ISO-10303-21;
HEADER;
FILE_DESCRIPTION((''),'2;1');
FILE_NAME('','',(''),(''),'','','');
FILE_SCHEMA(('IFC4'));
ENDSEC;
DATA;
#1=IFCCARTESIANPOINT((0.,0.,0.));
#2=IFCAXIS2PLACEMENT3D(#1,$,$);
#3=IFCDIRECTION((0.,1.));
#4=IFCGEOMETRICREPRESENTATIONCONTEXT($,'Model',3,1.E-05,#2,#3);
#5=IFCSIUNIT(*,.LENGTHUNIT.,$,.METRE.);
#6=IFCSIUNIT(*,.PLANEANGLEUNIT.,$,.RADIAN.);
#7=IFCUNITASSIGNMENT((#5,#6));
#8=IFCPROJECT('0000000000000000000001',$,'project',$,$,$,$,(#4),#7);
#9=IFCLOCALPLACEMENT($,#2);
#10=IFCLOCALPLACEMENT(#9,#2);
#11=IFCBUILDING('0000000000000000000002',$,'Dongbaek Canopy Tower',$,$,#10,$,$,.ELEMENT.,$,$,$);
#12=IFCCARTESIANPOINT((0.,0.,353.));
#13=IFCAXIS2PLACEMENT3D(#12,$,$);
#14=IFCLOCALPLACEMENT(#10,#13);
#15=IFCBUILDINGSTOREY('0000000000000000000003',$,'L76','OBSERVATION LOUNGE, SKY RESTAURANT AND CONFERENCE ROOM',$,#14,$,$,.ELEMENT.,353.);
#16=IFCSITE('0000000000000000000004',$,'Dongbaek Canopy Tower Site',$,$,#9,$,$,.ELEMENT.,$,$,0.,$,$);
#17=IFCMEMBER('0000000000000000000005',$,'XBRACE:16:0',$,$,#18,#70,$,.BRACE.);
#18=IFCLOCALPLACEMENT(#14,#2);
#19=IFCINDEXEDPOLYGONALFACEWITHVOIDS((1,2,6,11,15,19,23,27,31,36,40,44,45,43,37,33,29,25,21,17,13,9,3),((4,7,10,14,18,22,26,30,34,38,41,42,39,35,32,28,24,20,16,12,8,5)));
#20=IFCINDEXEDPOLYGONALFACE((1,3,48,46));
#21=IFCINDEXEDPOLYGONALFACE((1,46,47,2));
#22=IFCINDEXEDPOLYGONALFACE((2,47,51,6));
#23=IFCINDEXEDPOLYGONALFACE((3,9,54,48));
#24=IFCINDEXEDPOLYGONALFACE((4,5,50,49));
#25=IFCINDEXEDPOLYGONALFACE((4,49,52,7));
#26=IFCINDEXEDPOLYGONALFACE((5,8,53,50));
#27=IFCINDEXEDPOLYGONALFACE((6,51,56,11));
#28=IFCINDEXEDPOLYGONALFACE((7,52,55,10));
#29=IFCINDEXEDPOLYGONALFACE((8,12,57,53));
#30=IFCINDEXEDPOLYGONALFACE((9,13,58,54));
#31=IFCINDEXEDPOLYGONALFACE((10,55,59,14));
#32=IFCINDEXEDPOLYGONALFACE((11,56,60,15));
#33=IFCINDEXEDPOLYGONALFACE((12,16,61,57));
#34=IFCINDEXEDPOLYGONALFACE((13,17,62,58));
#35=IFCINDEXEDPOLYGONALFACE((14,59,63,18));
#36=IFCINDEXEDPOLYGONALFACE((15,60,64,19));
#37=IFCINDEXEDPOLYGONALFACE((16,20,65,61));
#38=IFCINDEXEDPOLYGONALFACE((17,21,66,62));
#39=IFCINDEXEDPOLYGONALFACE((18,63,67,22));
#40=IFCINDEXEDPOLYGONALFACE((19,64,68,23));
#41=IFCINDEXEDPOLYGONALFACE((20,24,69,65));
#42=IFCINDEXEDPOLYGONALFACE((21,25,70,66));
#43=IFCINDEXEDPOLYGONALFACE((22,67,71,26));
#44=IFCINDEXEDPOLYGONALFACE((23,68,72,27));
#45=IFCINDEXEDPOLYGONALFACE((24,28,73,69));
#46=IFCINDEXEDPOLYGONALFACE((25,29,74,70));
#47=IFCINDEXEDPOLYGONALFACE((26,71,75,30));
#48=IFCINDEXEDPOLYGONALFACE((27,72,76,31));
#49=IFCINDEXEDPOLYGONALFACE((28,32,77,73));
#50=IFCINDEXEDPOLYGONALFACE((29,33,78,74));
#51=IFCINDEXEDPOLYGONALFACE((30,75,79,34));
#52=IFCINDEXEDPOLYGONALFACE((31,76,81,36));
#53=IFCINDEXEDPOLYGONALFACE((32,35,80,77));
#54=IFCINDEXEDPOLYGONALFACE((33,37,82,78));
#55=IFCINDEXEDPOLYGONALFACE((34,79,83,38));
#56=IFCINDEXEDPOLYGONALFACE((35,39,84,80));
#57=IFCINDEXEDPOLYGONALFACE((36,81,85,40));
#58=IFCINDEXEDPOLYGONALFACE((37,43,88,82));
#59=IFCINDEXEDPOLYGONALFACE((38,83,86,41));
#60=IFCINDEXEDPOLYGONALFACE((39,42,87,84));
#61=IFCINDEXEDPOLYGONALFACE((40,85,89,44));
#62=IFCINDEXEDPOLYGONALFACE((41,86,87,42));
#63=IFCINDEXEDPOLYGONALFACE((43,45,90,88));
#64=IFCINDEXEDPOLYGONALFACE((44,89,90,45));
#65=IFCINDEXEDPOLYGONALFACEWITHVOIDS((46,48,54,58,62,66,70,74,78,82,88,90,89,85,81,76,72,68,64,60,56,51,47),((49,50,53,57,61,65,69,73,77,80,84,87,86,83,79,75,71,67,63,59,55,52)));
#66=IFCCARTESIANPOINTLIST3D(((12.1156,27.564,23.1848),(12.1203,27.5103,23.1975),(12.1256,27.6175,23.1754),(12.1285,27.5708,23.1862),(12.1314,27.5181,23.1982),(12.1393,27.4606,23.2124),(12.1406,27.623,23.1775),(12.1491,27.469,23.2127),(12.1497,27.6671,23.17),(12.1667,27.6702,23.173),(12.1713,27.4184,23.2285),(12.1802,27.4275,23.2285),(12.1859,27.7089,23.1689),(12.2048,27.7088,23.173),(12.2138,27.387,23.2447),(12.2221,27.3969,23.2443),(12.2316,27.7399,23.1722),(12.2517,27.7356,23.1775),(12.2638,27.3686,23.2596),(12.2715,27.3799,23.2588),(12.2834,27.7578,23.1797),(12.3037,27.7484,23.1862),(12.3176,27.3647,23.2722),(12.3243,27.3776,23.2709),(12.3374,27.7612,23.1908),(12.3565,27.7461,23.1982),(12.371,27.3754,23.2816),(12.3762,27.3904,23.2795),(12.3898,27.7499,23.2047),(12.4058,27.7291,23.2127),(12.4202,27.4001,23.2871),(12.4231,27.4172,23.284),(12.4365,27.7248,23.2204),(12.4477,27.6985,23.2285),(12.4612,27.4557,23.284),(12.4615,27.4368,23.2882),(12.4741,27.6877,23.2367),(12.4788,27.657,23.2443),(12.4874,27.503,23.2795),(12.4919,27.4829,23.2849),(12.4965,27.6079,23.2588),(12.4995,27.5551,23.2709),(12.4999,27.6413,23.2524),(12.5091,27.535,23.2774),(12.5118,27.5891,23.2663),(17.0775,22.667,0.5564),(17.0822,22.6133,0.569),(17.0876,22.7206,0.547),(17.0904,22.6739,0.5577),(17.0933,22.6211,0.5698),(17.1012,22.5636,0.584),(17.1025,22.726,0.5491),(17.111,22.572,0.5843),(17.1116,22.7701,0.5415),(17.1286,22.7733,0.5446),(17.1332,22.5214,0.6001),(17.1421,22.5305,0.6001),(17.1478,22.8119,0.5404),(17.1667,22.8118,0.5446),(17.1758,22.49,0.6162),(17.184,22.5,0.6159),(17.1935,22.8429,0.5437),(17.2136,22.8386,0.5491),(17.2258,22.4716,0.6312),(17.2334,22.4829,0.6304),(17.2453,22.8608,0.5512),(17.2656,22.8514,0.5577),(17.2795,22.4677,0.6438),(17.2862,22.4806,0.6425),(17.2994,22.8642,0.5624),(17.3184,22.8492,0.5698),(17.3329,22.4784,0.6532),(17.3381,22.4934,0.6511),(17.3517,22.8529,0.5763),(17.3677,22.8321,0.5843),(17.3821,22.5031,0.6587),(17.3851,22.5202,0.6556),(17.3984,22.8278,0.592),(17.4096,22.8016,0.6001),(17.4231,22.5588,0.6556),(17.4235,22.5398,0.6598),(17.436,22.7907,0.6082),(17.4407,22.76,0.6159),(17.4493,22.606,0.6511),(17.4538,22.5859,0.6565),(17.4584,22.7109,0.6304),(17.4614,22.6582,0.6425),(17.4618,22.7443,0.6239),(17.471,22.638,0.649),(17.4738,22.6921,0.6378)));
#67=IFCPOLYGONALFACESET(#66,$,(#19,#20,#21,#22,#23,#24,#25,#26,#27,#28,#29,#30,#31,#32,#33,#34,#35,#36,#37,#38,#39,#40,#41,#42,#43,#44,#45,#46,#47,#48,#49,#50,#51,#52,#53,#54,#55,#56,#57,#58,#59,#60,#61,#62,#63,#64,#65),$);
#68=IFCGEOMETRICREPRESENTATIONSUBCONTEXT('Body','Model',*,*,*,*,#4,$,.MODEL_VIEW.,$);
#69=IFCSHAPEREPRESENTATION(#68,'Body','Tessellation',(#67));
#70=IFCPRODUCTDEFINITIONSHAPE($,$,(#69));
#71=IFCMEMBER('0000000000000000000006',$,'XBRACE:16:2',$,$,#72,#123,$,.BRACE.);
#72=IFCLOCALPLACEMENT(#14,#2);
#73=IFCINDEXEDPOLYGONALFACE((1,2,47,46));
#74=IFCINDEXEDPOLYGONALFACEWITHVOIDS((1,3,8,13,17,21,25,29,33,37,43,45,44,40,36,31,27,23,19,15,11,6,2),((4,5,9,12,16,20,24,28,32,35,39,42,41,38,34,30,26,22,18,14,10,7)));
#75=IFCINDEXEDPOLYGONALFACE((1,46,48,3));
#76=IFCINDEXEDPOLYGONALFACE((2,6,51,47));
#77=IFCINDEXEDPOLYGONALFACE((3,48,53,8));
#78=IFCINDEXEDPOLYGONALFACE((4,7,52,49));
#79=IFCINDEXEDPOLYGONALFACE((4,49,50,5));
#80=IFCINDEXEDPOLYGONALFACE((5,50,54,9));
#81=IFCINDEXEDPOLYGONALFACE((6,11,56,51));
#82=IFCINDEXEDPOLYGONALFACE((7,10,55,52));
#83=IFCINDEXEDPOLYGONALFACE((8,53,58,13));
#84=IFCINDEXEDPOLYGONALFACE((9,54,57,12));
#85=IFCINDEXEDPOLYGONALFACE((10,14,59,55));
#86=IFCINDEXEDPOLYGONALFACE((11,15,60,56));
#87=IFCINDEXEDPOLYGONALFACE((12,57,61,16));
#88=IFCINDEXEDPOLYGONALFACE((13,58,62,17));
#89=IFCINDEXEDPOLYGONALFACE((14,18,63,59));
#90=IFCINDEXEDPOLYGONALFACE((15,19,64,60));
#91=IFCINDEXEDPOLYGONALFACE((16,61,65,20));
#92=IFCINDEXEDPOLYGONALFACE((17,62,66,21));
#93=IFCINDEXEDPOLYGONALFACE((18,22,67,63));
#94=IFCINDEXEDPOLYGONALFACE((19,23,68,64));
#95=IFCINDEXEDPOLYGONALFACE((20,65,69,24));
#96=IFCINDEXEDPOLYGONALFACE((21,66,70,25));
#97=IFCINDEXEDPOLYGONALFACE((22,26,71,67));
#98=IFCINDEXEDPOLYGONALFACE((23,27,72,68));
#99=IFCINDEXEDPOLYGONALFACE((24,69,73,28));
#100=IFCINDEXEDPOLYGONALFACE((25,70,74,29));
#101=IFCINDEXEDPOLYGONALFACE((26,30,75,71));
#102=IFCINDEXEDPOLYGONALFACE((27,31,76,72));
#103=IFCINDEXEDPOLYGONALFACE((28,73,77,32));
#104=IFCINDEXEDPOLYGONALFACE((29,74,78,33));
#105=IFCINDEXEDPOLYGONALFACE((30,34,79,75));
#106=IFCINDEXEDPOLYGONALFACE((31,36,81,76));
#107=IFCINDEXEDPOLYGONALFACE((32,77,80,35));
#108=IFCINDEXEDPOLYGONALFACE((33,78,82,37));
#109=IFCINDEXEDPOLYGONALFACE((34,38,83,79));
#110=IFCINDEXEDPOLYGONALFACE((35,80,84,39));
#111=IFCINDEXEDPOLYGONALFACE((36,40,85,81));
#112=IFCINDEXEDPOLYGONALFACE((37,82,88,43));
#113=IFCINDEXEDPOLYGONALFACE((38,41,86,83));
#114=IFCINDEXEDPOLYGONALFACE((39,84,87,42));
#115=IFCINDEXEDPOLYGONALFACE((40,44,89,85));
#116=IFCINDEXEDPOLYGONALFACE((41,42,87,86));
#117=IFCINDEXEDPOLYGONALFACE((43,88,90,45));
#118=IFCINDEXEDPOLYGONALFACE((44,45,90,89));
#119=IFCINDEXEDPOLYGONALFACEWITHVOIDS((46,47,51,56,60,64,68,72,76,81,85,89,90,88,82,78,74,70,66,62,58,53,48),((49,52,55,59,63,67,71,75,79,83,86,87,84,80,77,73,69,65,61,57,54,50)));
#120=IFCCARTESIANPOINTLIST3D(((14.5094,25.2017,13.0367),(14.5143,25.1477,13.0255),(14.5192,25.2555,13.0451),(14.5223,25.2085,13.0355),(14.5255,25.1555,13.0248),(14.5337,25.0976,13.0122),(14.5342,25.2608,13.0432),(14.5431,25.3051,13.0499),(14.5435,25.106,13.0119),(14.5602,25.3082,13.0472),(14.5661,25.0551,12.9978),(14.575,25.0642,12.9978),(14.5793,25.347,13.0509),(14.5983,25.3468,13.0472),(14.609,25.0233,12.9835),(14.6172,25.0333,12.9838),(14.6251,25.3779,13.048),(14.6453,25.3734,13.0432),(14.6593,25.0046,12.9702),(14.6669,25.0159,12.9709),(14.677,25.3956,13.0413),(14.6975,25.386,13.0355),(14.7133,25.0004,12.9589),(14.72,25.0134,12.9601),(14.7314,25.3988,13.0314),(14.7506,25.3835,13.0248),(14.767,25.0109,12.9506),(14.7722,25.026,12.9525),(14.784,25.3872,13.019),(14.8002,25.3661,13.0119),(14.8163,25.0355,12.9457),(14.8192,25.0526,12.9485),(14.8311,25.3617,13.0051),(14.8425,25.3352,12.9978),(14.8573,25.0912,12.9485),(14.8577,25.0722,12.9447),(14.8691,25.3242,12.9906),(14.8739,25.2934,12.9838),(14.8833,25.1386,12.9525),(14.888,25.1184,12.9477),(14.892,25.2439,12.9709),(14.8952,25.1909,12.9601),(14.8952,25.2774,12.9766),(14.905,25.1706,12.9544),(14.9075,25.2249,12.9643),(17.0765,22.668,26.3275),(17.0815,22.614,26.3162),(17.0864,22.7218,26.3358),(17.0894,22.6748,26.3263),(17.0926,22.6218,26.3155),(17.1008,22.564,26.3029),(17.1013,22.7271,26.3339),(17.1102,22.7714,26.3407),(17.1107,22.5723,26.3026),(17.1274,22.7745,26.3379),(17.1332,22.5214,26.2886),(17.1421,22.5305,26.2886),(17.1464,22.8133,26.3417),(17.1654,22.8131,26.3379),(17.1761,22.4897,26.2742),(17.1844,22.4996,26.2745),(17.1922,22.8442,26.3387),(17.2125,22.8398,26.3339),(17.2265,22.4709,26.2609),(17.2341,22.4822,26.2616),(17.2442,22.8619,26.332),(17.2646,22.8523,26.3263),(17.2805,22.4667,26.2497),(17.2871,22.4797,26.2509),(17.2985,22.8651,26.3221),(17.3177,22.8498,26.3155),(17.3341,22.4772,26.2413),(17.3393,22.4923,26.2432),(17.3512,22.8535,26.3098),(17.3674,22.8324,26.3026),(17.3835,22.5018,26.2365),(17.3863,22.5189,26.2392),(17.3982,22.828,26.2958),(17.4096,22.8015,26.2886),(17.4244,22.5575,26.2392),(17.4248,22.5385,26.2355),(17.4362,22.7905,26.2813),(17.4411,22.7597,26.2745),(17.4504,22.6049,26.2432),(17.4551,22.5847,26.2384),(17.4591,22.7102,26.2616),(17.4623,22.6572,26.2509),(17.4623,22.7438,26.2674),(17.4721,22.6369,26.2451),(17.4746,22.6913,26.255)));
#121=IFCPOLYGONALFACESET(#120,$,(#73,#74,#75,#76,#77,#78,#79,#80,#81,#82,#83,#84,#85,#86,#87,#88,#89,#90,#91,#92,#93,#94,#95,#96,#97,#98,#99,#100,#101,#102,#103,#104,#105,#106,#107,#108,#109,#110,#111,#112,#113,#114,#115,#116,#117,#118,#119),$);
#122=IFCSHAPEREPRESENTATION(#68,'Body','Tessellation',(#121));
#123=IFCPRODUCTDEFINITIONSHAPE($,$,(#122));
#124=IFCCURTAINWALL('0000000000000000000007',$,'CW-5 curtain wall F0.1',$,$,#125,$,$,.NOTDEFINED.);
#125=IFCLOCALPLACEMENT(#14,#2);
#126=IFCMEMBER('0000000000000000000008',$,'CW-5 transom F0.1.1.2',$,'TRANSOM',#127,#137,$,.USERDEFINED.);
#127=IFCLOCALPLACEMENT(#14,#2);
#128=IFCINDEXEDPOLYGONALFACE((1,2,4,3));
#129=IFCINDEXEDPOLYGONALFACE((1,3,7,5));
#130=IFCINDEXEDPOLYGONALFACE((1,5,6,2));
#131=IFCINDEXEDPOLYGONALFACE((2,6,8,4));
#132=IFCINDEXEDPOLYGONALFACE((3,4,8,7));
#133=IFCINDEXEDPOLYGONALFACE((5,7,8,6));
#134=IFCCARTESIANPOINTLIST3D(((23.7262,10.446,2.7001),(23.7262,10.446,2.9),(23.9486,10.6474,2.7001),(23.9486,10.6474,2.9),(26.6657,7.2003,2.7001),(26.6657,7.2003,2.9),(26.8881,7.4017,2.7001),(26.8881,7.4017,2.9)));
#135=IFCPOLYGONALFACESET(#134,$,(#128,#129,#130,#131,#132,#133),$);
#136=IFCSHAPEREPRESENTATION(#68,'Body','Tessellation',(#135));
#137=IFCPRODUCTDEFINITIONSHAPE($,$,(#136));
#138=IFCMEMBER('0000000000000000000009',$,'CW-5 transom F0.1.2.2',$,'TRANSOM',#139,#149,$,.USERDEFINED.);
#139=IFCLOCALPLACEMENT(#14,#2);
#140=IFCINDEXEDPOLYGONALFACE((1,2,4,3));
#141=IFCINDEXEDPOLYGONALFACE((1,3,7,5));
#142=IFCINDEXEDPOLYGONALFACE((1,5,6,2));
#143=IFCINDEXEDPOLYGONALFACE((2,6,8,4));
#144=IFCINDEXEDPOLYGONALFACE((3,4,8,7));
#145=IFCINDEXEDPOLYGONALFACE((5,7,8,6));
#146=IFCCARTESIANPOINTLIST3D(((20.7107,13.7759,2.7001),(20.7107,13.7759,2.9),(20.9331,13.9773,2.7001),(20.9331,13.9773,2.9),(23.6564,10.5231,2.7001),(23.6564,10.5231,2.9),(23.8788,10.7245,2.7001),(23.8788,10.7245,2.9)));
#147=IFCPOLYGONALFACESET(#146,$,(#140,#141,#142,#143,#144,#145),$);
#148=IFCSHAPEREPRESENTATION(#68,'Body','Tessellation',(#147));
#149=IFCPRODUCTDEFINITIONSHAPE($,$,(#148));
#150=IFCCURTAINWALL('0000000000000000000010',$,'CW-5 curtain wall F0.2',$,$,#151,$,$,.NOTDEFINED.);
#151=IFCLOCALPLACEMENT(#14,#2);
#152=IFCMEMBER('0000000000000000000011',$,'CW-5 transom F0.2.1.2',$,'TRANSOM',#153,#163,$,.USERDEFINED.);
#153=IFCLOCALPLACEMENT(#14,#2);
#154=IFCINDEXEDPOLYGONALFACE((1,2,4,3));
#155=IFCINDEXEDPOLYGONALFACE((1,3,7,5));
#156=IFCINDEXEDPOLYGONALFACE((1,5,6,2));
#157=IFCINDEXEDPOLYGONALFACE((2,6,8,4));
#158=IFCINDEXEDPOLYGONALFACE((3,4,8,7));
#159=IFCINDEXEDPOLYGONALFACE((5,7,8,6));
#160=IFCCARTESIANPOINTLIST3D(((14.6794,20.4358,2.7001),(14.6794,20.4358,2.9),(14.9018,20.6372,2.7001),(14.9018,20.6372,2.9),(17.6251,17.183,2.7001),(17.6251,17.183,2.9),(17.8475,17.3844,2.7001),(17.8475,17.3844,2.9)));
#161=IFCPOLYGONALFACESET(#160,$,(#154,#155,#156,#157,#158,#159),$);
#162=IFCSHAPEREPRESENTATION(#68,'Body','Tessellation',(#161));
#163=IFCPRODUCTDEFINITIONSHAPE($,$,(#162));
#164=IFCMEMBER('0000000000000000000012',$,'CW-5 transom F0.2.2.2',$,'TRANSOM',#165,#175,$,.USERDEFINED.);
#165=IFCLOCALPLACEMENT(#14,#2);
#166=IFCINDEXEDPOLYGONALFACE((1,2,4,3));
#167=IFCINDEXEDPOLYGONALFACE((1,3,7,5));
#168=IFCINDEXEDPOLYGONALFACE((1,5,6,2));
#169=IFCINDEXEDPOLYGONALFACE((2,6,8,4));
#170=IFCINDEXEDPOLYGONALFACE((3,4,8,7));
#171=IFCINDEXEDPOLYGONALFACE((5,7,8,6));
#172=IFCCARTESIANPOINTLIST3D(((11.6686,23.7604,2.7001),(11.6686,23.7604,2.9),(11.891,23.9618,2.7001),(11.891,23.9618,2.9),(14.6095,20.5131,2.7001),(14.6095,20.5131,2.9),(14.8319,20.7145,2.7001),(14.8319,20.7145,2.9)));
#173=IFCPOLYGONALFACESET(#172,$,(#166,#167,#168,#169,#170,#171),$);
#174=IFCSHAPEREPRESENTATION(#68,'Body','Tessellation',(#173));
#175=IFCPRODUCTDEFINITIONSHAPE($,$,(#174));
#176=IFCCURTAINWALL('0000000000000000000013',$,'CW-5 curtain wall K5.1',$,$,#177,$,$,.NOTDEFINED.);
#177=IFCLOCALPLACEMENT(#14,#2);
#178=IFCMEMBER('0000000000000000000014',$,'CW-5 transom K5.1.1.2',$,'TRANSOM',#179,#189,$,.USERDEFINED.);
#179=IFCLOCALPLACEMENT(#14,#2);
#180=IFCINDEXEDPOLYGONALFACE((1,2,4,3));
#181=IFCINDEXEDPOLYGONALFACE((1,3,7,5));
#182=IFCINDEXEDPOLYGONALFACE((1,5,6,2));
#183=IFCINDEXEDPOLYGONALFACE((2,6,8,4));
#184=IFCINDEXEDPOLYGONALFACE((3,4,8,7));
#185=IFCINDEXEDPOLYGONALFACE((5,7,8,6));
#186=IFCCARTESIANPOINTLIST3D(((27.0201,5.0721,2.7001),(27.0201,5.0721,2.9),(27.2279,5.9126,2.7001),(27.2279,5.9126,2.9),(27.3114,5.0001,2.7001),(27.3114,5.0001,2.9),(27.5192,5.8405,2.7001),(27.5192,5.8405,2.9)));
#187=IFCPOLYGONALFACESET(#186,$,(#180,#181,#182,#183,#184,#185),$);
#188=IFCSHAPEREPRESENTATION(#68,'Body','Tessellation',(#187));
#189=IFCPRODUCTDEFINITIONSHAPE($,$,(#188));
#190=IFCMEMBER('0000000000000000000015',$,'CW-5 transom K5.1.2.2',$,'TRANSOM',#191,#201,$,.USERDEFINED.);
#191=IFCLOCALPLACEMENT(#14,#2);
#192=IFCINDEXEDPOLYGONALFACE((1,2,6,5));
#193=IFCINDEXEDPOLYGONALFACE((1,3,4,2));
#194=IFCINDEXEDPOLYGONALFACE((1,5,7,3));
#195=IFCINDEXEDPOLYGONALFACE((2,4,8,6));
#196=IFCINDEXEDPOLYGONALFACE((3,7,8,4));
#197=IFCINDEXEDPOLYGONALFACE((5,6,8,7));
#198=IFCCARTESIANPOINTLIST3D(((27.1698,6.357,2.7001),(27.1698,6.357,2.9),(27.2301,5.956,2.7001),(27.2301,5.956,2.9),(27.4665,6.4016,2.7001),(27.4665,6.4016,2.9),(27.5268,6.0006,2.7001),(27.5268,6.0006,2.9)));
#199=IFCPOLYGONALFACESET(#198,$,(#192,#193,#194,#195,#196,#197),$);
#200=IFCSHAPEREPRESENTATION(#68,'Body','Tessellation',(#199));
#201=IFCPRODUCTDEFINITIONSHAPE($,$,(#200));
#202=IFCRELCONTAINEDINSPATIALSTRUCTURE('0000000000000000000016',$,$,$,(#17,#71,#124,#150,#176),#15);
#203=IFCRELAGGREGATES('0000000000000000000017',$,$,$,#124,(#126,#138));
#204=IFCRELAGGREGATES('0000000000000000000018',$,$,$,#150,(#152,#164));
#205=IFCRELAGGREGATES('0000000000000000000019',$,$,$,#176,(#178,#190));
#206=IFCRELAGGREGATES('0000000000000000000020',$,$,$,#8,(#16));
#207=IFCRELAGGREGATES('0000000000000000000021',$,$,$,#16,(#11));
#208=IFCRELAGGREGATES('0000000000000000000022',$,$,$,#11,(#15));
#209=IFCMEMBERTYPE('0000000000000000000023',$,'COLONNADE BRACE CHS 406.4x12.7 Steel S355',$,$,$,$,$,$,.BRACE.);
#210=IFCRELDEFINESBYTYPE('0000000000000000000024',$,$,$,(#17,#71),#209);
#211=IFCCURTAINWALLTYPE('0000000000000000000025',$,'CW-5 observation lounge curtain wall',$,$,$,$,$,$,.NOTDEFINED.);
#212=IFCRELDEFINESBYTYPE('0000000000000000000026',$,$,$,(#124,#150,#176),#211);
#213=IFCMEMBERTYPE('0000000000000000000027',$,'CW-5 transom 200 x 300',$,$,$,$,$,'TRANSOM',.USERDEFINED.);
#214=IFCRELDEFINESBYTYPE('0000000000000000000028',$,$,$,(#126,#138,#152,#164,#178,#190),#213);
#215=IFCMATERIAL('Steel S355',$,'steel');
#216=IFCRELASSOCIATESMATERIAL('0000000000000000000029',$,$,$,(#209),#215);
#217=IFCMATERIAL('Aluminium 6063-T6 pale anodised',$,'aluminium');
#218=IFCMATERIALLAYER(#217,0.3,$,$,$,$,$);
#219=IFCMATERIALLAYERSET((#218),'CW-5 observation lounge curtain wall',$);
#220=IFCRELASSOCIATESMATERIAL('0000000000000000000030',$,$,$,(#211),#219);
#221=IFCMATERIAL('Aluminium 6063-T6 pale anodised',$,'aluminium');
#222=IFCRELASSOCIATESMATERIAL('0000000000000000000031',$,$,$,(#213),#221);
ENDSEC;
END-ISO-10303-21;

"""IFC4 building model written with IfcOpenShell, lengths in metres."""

from ifc_helpers import new_model, si_unit, direction, frame, origin, origin_2d, place, context, subcontext, project, spatial, rectangle, hollow_circle, extrude, material, layer, layer_set, material_profile, profile_set, type_object, element, aggregate, save


model = new_model("IFC4")

# Units and contexts
model_context = context("Model", 3, precision=1e-05, world=origin(), true_north=direction((0.0, 1.0)))
body_context = subcontext(model_context, "Body", "Model", "MODEL_VIEW")
ifc_project = project(units=[si_unit("LENGTHUNIT", "METRE"), si_unit("PLANEANGLEUNIT", "RADIAN")], contexts=[model_context])

# Site, building, storey
site_placement = place(None, origin())
site = spatial("IfcSite", under=ifc_project, at=site_placement, Name="Dongbaek Canopy Tower Site", CompositionType="ELEMENT", RefElevation=0.0)
building_placement = place(site_placement, origin())
building = spatial("IfcBuilding", under=site, at=building_placement, Name="Dongbaek Canopy Tower", CompositionType="ELEMENT")
storey_placement = place(building_placement, frame((0.0, 0.0, 353.0)))
storey = spatial("IfcBuildingStorey", under=building, at=storey_placement, Name="L76", Description="OBSERVATION LOUNGE, SKY RESTAURANT AND CONFERENCE ROOM", CompositionType="ELEMENT", Elevation=353.0)

# Members
ifc_material_1 = material(Name="Steel S355", Category="steel")
ifc_material_profile_1 = material_profile(ifc_material_1, hollow_circle(Radius=0.2031, WallThickness=0.0127, at=origin_2d()), Name="COLONNADE BRACE CHS 406.4x12.7 Steel S355")
ifc_profile_set_1 = profile_set([ifc_material_profile_1], Name="Steel S355")
member_type_1 = type_object("IfcMemberType", Name="COLONNADE BRACE CHS 406.4x12.7 Steel S355", PredefinedType="BRACE", material=ifc_profile_set_1)
member_1_placement = place(storey_placement, frame((17.2759, 22.666, 0.6001), z_axis=(-0.209558, 0.206816, 0.955674), x_axis=(-0.702434, -0.711749, 0.0)))
element("IfcMember", 1, at=member_1_placement, inside=storey, type_object=member_type_1, Name="XBRACE:16:0", PredefinedType="BRACE", context=body_context, shape_type="SweptSolid", body=[
    extrude(hollow_circle(Radius=0.2031, WallThickness=0.0127, at=origin_2d()), origin(), (0.0, 0.0, 1.0), 23.678),
])
member_2_placement = place(storey_placement, frame((17.2759, 22.666, 26.2886), z_axis=(-0.186409, 0.183981, -0.965092), x_axis=(-0.702455, -0.711728, 0.0)))
element("IfcMember", 2, at=member_2_placement, inside=storey, type_object=member_type_1, Name="XBRACE:16:2", PredefinedType="BRACE", context=body_context, shape_type="SweptSolid", body=[
    extrude(hollow_circle(Radius=0.2031, WallThickness=0.0127, at=origin_2d()), origin(), (0.0, 0.0, 1.0), 13.7715),
])

# Curtain walls, members
ifc_material_2 = material(Name="Aluminium 6063-T6 pale anodised", Category="aluminium")
ifc_layer_1 = layer(ifc_material_2, 0.3)
ifc_layer_set_1 = layer_set([ifc_layer_1], Name="CW-5 observation lounge curtain wall")
curtain_wall_type = type_object("IfcCurtainWallType", Name="CW-5 observation lounge curtain wall", PredefinedType="NOTDEFINED", material=ifc_layer_set_1)
curtain_wall_1_placement = place(storey_placement, origin())
curtain_wall_1 = element("IfcCurtainWall", 3, at=curtain_wall_1_placement, inside=storey, type_object=curtain_wall_type, Name="CW-5 curtain wall F0.1", PredefinedType="NOTDEFINED")
ifc_material_3 = material(Name="Aluminium 6063-T6 pale anodised", Category="aluminium")
ifc_material_profile_2 = material_profile(ifc_material_3, rectangle(XDim=0.3, YDim=0.2, at=origin_2d()), Name="CW-5 transom 200 x 300")
ifc_profile_set_2 = profile_set([ifc_material_profile_2], Name="Aluminium 6063-T6 pale anodised")
member_type_2 = type_object("IfcMemberType", Name="CW-5 transom 200 x 300", ElementType="TRANSOM", PredefinedType="USERDEFINED", material=ifc_profile_set_2)
member_3_placement = place(storey_placement, frame((26.7769, 7.301, 2.8), z_axis=(-0.671284, 0.7412, 0.0), x_axis=(-0.7412, -0.671284, 0.0)))
member_3 = element("IfcMember", 4, at=member_3_placement, type_object=member_type_2, Name="CW-5 transom F0.1.1.2", ObjectType="TRANSOM", PredefinedType="USERDEFINED", context=body_context, shape_type="SweptSolid", body=[
    extrude(rectangle(XDim=0.3, YDim=0.2, at=origin_2d()), origin(), (0.0, 0.0, 1.0), 4.3789),
])
member_4_placement = place(storey_placement, frame((23.7676, 10.6238, 2.8), z_axis=(-0.671248, 0.741233, 0.0), x_axis=(-0.741233, -0.671248, 0.0)))
member_4 = element("IfcMember", 5, at=member_4_placement, type_object=member_type_2, Name="CW-5 transom F0.1.2.2", ObjectType="TRANSOM", PredefinedType="USERDEFINED", context=body_context, shape_type="SweptSolid", body=[
    extrude(rectangle(XDim=0.3, YDim=0.2, at=origin_2d()), origin(), (0.0, 0.0, 1.0), 4.3884),
])
curtain_wall_2_placement = place(storey_placement, origin())
curtain_wall_2 = element("IfcCurtainWall", 6, at=curtain_wall_2_placement, inside=storey, type_object=curtain_wall_type, Name="CW-5 curtain wall F0.2", PredefinedType="NOTDEFINED")
member_5_placement = place(storey_placement, frame((17.7363, 17.2837, 2.8), z_axis=(-0.671248, 0.741233, 0.0), x_axis=(-0.741233, -0.671248, 0.0)))
member_5 = element("IfcMember", 7, at=member_5_placement, type_object=member_type_2, Name="CW-5 transom F0.2.1.2", ObjectType="TRANSOM", PredefinedType="USERDEFINED", context=body_context, shape_type="SweptSolid", body=[
    extrude(rectangle(XDim=0.3, YDim=0.2, at=origin_2d()), origin(), (0.0, 0.0, 1.0), 4.3884),
])
member_6_placement = place(storey_placement, frame((14.7207, 20.6138, 2.8), z_axis=(-0.671274, 0.74121, 0.0), x_axis=(-0.74121, -0.671274, 0.0)))
member_6 = element("IfcMember", 8, at=member_6_placement, type_object=member_type_2, Name="CW-5 transom F0.2.2.2", ObjectType="TRANSOM", PredefinedType="USERDEFINED", context=body_context, shape_type="SweptSolid", body=[
    extrude(rectangle(XDim=0.3, YDim=0.2, at=origin_2d()), origin(), (0.0, 0.0, 1.0), 4.3811),
])
curtain_wall_3_placement = place(storey_placement, origin())
curtain_wall_3 = element("IfcCurtainWall", 9, at=curtain_wall_3_placement, inside=storey, type_object=curtain_wall_type, Name="CW-5 curtain wall K5.1", PredefinedType="NOTDEFINED")
member_7_placement = place(storey_placement, frame((27.1658, 5.0361, 2.8), z_axis=(0.240013, 0.97077, 0.0), x_axis=(-0.97077, 0.240013, 0.0)))
member_7 = element("IfcMember", 10, at=member_7_placement, type_object=member_type_2, Name="CW-5 transom K5.1.1.2", ObjectType="TRANSOM", PredefinedType="USERDEFINED", context=body_context, shape_type="SweptSolid", body=[
    extrude(rectangle(XDim=0.3, YDim=0.2, at=origin_2d()), origin(), (0.0, 0.0, 1.0), 0.8657),
])
member_8_placement = place(storey_placement, frame((27.3784, 5.9783, 2.8), z_axis=(-0.148664, 0.988888, 0.0), x_axis=(-0.988888, -0.148664, 0.0)))
member_8 = element("IfcMember", 11, at=member_8_placement, type_object=member_type_2, Name="CW-5 transom K5.1.2.2", ObjectType="TRANSOM", PredefinedType="USERDEFINED", context=body_context, shape_type="SweptSolid", body=[
    extrude(rectangle(XDim=0.3, YDim=0.2, at=origin_2d()), origin(), (0.0, 0.0, 1.0), 0.4055),
])

aggregate(curtain_wall_1, [member_3, member_4])
aggregate(curtain_wall_2, [member_5, member_6])

aggregate(curtain_wall_3, [member_7, member_8])

save(model, "model.ifc")
